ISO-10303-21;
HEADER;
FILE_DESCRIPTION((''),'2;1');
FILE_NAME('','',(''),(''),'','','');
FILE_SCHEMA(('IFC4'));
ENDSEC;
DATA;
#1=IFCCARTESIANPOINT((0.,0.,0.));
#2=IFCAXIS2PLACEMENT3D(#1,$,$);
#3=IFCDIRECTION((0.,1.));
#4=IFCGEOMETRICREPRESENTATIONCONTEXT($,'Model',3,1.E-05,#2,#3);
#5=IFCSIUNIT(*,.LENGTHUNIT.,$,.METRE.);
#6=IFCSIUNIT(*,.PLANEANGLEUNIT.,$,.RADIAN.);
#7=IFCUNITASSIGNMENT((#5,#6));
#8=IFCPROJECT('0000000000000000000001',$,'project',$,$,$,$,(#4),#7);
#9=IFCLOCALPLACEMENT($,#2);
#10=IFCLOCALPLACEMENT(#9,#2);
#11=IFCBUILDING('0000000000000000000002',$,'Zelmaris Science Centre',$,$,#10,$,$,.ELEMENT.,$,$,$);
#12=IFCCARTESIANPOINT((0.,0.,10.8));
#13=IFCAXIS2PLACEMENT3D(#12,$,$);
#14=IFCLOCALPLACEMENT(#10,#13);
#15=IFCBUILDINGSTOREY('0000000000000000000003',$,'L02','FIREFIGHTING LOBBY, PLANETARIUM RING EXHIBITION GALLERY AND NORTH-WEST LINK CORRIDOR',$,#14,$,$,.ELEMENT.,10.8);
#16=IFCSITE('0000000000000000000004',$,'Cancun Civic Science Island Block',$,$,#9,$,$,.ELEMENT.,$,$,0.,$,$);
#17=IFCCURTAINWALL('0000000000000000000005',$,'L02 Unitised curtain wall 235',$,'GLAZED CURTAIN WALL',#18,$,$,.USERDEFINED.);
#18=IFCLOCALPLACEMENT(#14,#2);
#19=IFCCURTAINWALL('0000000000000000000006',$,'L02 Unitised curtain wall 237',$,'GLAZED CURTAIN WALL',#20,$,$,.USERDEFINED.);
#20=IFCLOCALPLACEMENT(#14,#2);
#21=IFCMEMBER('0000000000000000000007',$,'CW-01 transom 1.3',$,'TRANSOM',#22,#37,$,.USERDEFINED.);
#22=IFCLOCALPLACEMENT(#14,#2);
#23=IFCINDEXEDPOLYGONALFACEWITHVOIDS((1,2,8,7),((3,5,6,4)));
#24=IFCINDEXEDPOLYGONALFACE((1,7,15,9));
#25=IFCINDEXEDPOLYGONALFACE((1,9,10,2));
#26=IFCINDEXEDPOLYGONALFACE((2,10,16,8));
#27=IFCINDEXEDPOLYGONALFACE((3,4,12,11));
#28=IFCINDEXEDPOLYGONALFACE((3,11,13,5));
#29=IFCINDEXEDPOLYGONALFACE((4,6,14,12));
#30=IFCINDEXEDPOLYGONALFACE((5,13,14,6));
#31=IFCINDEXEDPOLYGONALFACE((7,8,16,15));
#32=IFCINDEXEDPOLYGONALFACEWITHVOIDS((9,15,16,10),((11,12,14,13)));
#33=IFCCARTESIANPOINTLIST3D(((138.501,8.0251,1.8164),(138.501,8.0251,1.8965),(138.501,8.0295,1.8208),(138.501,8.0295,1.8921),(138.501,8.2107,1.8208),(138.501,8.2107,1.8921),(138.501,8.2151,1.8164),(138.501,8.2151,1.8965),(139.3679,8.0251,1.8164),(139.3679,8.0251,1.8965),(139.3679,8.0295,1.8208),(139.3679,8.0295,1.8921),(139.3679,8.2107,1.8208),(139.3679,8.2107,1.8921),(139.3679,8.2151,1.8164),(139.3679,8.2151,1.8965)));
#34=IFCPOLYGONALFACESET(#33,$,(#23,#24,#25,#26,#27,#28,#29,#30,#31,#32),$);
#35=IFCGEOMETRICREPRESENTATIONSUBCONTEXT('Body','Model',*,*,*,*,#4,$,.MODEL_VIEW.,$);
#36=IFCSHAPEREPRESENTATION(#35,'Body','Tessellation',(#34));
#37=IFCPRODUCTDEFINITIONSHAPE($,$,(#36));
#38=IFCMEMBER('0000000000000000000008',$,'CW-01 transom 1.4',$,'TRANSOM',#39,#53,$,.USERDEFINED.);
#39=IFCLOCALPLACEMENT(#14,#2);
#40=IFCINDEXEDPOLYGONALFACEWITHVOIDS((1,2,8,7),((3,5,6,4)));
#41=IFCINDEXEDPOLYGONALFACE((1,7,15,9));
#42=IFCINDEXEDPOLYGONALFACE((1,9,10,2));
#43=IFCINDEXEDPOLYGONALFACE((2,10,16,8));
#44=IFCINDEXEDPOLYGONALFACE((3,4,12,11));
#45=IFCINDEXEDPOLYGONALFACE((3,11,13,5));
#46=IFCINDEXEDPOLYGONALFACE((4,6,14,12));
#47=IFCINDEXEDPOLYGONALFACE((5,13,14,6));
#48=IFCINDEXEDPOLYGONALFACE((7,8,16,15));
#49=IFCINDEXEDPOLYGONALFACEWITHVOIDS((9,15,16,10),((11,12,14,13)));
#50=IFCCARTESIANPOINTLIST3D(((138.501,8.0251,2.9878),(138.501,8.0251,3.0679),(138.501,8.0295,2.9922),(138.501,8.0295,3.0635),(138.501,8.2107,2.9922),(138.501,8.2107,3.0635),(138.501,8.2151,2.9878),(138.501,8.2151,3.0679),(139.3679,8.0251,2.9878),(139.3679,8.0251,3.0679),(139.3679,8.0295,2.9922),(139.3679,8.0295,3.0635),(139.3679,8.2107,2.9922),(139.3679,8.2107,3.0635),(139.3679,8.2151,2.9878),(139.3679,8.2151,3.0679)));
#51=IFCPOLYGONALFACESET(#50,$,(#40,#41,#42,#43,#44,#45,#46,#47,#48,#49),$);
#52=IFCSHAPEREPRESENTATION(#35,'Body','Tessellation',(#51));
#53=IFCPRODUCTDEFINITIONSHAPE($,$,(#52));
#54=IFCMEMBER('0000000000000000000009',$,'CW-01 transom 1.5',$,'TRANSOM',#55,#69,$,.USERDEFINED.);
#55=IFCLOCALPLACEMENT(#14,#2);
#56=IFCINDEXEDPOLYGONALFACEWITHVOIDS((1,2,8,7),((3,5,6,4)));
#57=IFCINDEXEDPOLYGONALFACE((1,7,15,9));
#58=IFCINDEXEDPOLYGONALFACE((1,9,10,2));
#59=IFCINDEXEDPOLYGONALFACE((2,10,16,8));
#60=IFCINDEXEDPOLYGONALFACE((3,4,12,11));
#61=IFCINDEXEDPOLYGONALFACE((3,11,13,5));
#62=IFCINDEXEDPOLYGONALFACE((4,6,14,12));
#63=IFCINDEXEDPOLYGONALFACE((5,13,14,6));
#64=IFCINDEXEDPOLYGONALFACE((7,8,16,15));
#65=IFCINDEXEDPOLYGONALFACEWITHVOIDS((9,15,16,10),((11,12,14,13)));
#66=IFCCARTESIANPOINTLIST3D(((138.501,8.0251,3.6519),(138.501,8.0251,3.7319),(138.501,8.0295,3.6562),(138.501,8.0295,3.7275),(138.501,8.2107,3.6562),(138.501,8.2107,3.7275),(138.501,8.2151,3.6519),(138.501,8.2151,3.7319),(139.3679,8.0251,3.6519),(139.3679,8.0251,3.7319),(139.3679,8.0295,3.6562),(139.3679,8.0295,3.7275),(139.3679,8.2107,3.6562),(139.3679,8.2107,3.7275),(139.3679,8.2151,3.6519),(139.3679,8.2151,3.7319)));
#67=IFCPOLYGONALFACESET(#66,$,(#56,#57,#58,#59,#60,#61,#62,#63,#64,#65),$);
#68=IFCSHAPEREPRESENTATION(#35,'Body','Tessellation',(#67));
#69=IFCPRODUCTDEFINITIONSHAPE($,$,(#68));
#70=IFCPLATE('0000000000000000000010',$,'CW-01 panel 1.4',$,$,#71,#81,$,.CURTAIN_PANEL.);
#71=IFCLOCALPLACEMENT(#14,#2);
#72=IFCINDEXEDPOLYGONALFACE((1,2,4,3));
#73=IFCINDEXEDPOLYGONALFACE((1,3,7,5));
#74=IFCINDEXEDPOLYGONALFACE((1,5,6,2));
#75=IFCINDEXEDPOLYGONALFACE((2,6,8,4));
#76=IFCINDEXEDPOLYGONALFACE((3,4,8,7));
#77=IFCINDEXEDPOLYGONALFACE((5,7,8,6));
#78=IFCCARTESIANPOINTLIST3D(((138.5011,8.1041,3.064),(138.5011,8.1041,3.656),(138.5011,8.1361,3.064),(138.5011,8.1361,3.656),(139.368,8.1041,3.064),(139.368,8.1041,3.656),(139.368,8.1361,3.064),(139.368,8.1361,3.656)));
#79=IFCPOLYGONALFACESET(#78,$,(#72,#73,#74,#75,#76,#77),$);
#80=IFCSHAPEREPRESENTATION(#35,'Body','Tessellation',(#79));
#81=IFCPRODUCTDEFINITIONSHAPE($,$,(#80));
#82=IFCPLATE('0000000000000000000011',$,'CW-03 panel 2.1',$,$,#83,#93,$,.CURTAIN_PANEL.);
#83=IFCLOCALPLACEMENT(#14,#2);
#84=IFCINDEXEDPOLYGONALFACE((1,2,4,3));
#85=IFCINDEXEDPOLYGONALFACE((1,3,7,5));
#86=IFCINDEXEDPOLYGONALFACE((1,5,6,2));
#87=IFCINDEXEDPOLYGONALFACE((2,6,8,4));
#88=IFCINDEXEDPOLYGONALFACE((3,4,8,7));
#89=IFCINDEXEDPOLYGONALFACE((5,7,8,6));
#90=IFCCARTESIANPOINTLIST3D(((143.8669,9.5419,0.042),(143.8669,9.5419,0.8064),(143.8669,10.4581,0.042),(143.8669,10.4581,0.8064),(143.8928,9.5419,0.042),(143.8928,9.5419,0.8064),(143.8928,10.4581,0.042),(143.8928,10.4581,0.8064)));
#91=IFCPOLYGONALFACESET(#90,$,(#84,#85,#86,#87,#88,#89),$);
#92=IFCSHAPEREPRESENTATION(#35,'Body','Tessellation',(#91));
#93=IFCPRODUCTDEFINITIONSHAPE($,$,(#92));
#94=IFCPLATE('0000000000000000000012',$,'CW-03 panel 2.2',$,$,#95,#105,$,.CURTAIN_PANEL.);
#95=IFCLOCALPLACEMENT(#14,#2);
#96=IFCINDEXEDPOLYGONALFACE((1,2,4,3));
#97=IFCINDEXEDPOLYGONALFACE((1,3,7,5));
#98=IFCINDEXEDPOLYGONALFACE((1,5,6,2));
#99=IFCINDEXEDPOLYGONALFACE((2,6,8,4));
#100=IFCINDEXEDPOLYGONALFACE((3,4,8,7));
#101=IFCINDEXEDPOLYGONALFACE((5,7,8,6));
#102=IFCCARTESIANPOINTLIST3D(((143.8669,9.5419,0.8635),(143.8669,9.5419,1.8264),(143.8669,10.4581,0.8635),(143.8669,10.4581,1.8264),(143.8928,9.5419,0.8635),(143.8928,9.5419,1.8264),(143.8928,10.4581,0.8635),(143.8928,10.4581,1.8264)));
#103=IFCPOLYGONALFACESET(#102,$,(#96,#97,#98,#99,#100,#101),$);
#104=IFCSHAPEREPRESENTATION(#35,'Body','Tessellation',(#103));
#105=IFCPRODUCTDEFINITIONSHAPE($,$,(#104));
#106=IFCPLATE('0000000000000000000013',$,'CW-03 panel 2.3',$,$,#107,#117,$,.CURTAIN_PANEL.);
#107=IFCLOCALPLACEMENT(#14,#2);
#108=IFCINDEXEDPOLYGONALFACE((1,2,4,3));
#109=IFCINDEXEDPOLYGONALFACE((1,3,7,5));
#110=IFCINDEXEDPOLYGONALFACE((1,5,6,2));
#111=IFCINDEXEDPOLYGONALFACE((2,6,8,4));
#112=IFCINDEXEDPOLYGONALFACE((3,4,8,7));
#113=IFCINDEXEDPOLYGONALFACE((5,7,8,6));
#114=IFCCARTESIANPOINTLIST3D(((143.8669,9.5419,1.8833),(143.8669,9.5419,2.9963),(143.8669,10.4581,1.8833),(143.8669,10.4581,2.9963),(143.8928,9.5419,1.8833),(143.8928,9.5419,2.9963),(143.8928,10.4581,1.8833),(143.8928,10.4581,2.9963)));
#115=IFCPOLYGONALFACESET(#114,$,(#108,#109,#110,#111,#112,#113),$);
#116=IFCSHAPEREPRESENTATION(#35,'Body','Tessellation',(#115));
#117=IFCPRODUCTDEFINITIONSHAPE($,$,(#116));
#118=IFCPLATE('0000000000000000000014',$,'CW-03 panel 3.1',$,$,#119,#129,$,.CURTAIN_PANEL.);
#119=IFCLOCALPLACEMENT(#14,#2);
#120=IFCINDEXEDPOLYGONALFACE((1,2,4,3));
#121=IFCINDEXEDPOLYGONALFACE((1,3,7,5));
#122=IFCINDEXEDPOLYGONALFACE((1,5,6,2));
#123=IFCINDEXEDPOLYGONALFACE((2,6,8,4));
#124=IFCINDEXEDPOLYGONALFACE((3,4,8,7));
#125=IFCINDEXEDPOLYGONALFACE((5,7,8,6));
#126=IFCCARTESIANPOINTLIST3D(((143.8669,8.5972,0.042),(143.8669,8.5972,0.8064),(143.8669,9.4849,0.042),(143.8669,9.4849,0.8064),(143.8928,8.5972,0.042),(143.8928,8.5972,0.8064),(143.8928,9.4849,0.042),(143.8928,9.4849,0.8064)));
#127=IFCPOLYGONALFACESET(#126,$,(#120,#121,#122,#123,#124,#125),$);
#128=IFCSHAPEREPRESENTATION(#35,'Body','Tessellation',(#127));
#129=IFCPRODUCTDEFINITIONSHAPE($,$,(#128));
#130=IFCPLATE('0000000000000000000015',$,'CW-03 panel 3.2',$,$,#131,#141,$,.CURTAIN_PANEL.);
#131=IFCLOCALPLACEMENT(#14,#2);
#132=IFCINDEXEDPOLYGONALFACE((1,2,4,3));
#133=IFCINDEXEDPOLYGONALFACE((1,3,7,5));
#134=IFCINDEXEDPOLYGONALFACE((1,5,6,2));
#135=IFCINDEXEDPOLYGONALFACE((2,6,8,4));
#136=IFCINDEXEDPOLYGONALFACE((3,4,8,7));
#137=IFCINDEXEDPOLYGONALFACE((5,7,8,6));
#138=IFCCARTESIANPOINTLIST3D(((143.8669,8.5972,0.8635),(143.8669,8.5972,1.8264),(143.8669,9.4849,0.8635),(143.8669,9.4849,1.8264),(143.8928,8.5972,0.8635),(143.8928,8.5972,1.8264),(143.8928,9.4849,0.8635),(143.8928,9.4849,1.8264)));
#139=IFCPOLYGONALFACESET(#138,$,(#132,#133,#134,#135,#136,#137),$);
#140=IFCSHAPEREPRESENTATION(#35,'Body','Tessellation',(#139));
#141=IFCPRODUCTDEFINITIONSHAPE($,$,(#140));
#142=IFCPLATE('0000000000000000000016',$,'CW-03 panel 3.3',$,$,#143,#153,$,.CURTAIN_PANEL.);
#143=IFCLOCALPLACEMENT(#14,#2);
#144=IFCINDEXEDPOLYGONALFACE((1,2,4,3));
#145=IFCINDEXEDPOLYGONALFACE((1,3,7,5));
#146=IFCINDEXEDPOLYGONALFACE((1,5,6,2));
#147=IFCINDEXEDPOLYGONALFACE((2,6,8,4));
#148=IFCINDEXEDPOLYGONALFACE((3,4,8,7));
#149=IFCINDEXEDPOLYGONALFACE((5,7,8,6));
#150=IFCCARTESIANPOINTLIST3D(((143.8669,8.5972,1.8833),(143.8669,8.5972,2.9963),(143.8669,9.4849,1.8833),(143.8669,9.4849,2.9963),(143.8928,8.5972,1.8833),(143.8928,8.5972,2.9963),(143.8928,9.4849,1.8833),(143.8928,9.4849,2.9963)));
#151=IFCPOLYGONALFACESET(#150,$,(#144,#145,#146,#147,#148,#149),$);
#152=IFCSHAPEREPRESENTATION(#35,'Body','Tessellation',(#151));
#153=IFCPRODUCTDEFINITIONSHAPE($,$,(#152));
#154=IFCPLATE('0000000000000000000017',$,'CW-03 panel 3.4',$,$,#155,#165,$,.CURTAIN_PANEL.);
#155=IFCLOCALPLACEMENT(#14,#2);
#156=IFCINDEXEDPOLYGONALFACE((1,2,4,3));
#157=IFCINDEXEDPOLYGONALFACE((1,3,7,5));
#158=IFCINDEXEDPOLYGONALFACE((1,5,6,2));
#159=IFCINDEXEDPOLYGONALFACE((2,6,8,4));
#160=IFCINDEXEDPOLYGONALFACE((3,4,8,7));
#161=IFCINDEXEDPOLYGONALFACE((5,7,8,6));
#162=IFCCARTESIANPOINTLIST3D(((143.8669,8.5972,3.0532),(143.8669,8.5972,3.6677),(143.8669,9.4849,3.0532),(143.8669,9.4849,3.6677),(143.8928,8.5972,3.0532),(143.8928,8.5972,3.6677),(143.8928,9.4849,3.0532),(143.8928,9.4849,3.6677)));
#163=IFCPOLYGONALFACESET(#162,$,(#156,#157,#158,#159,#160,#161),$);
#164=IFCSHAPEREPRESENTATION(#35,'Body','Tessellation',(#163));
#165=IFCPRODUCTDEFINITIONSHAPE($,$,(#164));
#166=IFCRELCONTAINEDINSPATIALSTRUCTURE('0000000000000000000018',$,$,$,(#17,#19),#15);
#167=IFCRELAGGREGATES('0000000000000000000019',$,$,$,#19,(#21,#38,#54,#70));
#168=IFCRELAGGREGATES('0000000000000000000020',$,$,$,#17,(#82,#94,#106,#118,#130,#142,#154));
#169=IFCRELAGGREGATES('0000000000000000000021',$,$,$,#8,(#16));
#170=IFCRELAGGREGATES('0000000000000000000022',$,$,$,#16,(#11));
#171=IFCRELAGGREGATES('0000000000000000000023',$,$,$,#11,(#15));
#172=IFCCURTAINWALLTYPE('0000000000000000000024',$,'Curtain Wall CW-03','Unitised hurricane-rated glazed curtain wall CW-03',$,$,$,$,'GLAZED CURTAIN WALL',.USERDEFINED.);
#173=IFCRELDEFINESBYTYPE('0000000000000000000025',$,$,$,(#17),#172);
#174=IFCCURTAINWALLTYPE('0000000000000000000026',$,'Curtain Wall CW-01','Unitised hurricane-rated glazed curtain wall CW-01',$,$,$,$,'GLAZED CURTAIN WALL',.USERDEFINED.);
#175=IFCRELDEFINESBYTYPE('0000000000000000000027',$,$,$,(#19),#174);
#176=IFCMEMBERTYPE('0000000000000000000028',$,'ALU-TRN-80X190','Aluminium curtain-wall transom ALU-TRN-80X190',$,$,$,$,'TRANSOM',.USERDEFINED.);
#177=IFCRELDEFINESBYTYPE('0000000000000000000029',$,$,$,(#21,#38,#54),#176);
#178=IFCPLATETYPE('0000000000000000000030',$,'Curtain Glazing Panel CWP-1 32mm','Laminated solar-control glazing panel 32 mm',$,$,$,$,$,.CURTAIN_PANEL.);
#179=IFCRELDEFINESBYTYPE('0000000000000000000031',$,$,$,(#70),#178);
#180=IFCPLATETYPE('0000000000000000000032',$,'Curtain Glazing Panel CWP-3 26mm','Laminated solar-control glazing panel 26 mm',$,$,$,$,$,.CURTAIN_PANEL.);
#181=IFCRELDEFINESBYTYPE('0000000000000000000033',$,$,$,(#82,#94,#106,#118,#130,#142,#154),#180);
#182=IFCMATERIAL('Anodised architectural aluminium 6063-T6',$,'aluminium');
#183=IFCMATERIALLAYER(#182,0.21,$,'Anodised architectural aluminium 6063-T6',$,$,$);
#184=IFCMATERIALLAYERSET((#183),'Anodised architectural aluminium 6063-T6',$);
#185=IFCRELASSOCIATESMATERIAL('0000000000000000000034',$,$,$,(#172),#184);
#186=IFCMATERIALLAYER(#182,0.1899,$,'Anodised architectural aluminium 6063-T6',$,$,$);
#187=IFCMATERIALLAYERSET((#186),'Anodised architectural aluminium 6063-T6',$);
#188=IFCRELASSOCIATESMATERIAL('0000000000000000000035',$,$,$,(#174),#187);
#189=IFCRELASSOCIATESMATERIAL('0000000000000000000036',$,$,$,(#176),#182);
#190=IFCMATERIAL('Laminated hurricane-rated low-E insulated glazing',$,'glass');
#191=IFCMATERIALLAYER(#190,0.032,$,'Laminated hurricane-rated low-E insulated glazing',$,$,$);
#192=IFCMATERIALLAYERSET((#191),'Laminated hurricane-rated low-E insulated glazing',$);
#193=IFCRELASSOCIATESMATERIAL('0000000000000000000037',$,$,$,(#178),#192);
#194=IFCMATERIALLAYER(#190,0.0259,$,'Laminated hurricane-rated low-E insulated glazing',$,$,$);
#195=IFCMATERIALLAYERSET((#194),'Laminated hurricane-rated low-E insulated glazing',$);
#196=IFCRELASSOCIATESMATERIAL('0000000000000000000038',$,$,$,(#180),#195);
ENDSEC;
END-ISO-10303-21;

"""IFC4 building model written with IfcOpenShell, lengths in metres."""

from ifc_helpers import new_model, si_unit, direction, frame, origin, origin_2d, place, context, subcontext, project, spatial, rectangle, hollow_rectangle, extrude, material, layer, layer_set, material_profile, profile_set, type_object, element, aggregate, save


model = new_model("IFC4")

# Units and contexts
model_context = context("Model", 3, precision=1e-05, world=origin(), true_north=direction((0.0, 1.0)))
body_context = subcontext(model_context, "Body", "Model", "MODEL_VIEW")
ifc_project = project(units=[si_unit("LENGTHUNIT", "METRE"), si_unit("PLANEANGLEUNIT", "RADIAN")], contexts=[model_context])

# Site, building, storey
site_placement = place(None, origin())
site = spatial("IfcSite", under=ifc_project, at=site_placement, Name="Cancun Civic Science Island Block", CompositionType="ELEMENT", RefElevation=0.0)
building_placement = place(site_placement, origin())
building = spatial("IfcBuilding", under=site, at=building_placement, Name="Zelmaris Science Centre", CompositionType="ELEMENT")
storey_placement = place(building_placement, frame((0.0, 0.0, 10.8)))
storey = spatial("IfcBuildingStorey", under=building, at=storey_placement, Name="L02", Description="FIREFIGHTING LOBBY, PLANETARIUM RING EXHIBITION GALLERY AND NORTH-WEST LINK CORRIDOR", CompositionType="ELEMENT", Elevation=10.8)

# Curtain wall
ifc_material_1 = material(Name="Anodised architectural aluminium 6063-T6", Category="aluminium")
ifc_layer_1 = layer(ifc_material_1, 0.21, Name="Anodised architectural aluminium 6063-T6")
ifc_layer_set_1 = layer_set([ifc_layer_1], Name="Anodised architectural aluminium 6063-T6")
curtain_wall_type_1 = type_object("IfcCurtainWallType", Name="Curtain Wall CW-03", Description="Unitised hurricane-rated glazed curtain wall CW-03", ElementType="GLAZED CURTAIN WALL", PredefinedType="USERDEFINED", material=ifc_layer_set_1)
curtain_wall_1_placement = place(storey_placement, origin())
curtain_wall_1 = element("IfcCurtainWall", 1, at=curtain_wall_1_placement, inside=storey, type_object=curtain_wall_type_1, Name="L02 Unitised curtain wall 235", ObjectType="GLAZED CURTAIN WALL", PredefinedType="USERDEFINED")

# Curtain wall
ifc_layer_2 = layer(ifc_material_1, 0.1899, Name="Anodised architectural aluminium 6063-T6")
ifc_layer_set_2 = layer_set([ifc_layer_2], Name="Anodised architectural aluminium 6063-T6")
curtain_wall_type_2 = type_object("IfcCurtainWallType", Name="Curtain Wall CW-01", Description="Unitised hurricane-rated glazed curtain wall CW-01", ElementType="GLAZED CURTAIN WALL", PredefinedType="USERDEFINED", material=ifc_layer_set_2)
curtain_wall_2_placement = place(storey_placement, origin())
curtain_wall_2 = element("IfcCurtainWall", 2, at=curtain_wall_2_placement, inside=storey, type_object=curtain_wall_type_2, Name="L02 Unitised curtain wall 237", ObjectType="GLAZED CURTAIN WALL", PredefinedType="USERDEFINED")

# Members
ifc_material_profile_1 = material_profile(ifc_material_1, hollow_rectangle(XDim=0.0801, YDim=0.1899, WallThickness=0.0044, at=origin_2d()), Name="ALU-TRN-80X190")
ifc_profile_set_1 = profile_set([ifc_material_profile_1], Name="Anodised architectural aluminium 6063-T6")
member_type_1 = type_object("IfcMemberType", Name="ALU-TRN-80X190", Description="Aluminium curtain-wall transom ALU-TRN-80X190", ElementType="TRANSOM", PredefinedType="USERDEFINED", material=ifc_profile_set_1)
member_1_placement = place(storey_placement, frame((139.3679, 8.1201, 1.8564), z_axis=(-1.0, 0.0, 0.0), x_axis=(0.0, 0.0, 1.0)))
member_1 = element("IfcMember", 3, at=member_1_placement, type_object=member_type_1, Name="CW-01 transom 1.3", ObjectType="TRANSOM", PredefinedType="USERDEFINED", context=body_context, shape_type="SweptSolid", body=[
    extrude(hollow_rectangle(XDim=0.0801, YDim=0.1899, WallThickness=0.0044, at=origin_2d()), origin(), (0.0, 0.0, 1.0), 0.8669),
])
member_2_placement = place(storey_placement, frame((139.3679, 8.1201, 3.0278), z_axis=(-1.0, 0.0, 0.0), x_axis=(0.0, 0.0, 1.0)))
member_2 = element("IfcMember", 4, at=member_2_placement, type_object=member_type_1, Name="CW-01 transom 1.4", ObjectType="TRANSOM", PredefinedType="USERDEFINED", context=body_context, shape_type="SweptSolid", body=[
    extrude(hollow_rectangle(XDim=0.0801, YDim=0.1899, WallThickness=0.0044, at=origin_2d()), origin(), (0.0, 0.0, 1.0), 0.8669),
])
member_3_placement = place(storey_placement, frame((139.3679, 8.1201, 3.6919), z_axis=(-1.0, 0.0, 0.0), x_axis=(0.0, 0.0, 1.0)))
member_3 = element("IfcMember", 5, at=member_3_placement, type_object=member_type_1, Name="CW-01 transom 1.5", ObjectType="TRANSOM", PredefinedType="USERDEFINED", context=body_context, shape_type="SweptSolid", body=[
    extrude(hollow_rectangle(XDim=0.0801, YDim=0.1899, WallThickness=0.0044, at=origin_2d()), origin(), (0.0, 0.0, 1.0), 0.8669),
])

# Plates
ifc_material_2 = material(Name="Laminated hurricane-rated low-E insulated glazing", Category="glass")
ifc_layer_3 = layer(ifc_material_2, 0.032, Name="Laminated hurricane-rated low-E insulated glazing")
ifc_layer_set_3 = layer_set([ifc_layer_3], Name="Laminated hurricane-rated low-E insulated glazing")
plate_type_1 = type_object("IfcPlateType", Name="Curtain Glazing Panel CWP-1 32mm", Description="Laminated solar-control glazing panel 32 mm", PredefinedType="CURTAIN_PANEL", material=ifc_layer_set_3)
plate_1_placement = place(storey_placement, frame((138.9346, 8.1201, 3.064), z_axis=(0.0, 0.0, 1.0), x_axis=(-1.0, 0.0, 0.0)))
plate_1 = element("IfcPlate", 6, at=plate_1_placement, type_object=plate_type_1, Name="CW-01 panel 1.4", PredefinedType="CURTAIN_PANEL", context=body_context, shape_type="SweptSolid", body=[
    extrude(rectangle(XDim=0.8669, YDim=0.032, at=origin_2d()), origin(), (0.0, 0.0, 1.0), 0.592),
])
aggregate(curtain_wall_2, [member_1, member_2, member_3, plate_1])
ifc_layer_4 = layer(ifc_material_2, 0.0259, Name="Laminated hurricane-rated low-E insulated glazing")
ifc_layer_set_4 = layer_set([ifc_layer_4], Name="Laminated hurricane-rated low-E insulated glazing")
plate_type_2 = type_object("IfcPlateType", Name="Curtain Glazing Panel CWP-3 26mm", Description="Laminated solar-control glazing panel 26 mm", PredefinedType="CURTAIN_PANEL", material=ifc_layer_set_4)
plate_2_placement = place(storey_placement, frame((143.8799, 10.0, 0.042), z_axis=(0.0, 0.0, 1.0), x_axis=(0.0, -1.0, 0.0)))
plate_2 = element("IfcPlate", 7, at=plate_2_placement, type_object=plate_type_2, Name="CW-03 panel 2.1", PredefinedType="CURTAIN_PANEL", context=body_context, shape_type="SweptSolid", body=[
    extrude(rectangle(XDim=0.9163, YDim=0.0259, at=origin_2d()), origin(), (0.0, 0.0, 1.0), 0.7644),
])
plate_3_placement = place(storey_placement, frame((143.8799, 10.0, 0.8635), z_axis=(0.0, 0.0, 1.0), x_axis=(0.0, -1.0, 0.0)))
plate_3 = element("IfcPlate", 8, at=plate_3_placement, type_object=plate_type_2, Name="CW-03 panel 2.2", PredefinedType="CURTAIN_PANEL", context=body_context, shape_type="SweptSolid", body=[
    extrude(rectangle(XDim=0.9163, YDim=0.0259, at=origin_2d()), origin(), (0.0, 0.0, 1.0), 0.9629),
])
plate_4_placement = place(storey_placement, frame((143.8799, 10.0, 1.8833), z_axis=(0.0, 0.0, 1.0), x_axis=(0.0, -1.0, 0.0)))
plate_4 = element("IfcPlate", 9, at=plate_4_placement, type_object=plate_type_2, Name="CW-03 panel 2.3", PredefinedType="CURTAIN_PANEL", context=body_context, shape_type="SweptSolid", body=[
    extrude(rectangle(XDim=0.9163, YDim=0.0259, at=origin_2d()), origin(), (0.0, 0.0, 1.0), 1.113),
])
plate_5_placement = place(storey_placement, frame((143.8799, 9.041, 0.042), z_axis=(0.0, 0.0, 1.0), x_axis=(0.0, -1.0, 0.0)))
plate_5 = element("IfcPlate", 10, at=plate_5_placement, type_object=plate_type_2, Name="CW-03 panel 3.1", PredefinedType="CURTAIN_PANEL", context=body_context, shape_type="SweptSolid", body=[
    extrude(rectangle(XDim=0.8877, YDim=0.0259, at=origin_2d()), origin(), (0.0, 0.0, 1.0), 0.7644),
])
plate_6_placement = place(storey_placement, frame((143.8799, 9.041, 0.8635), z_axis=(0.0, 0.0, 1.0), x_axis=(0.0, -1.0, 0.0)))
plate_6 = element("IfcPlate", 11, at=plate_6_placement, type_object=plate_type_2, Name="CW-03 panel 3.2", PredefinedType="CURTAIN_PANEL", context=body_context, shape_type="SweptSolid", body=[
    extrude(rectangle(XDim=0.8877, YDim=0.0259, at=origin_2d()), origin(), (0.0, 0.0, 1.0), 0.9629),
])
plate_7_placement = place(storey_placement, frame((143.8799, 9.041, 1.8833), z_axis=(0.0, 0.0, 1.0), x_axis=(0.0, -1.0, 0.0)))
plate_7 = element("IfcPlate", 12, at=plate_7_placement, type_object=plate_type_2, Name="CW-03 panel 3.3", PredefinedType="CURTAIN_PANEL", context=body_context, shape_type="SweptSolid", body=[
    extrude(rectangle(XDim=0.8877, YDim=0.0259, at=origin_2d()), origin(), (0.0, 0.0, 1.0), 1.113),
])
plate_8_placement = place(storey_placement, frame((143.8799, 9.041, 3.0532), z_axis=(0.0, 0.0, 1.0), x_axis=(0.0, -1.0, 0.0)))
plate_8 = element("IfcPlate", 13, at=plate_8_placement, type_object=plate_type_2, Name="CW-03 panel 3.4", PredefinedType="CURTAIN_PANEL", context=body_context, shape_type="SweptSolid", body=[
    extrude(rectangle(XDim=0.8877, YDim=0.0259, at=origin_2d()), origin(), (0.0, 0.0, 1.0), 0.6145),
])
aggregate(curtain_wall_1, [plate_2, plate_3, plate_4, plate_5, plate_6, plate_7, plate_8])

save(model, "model.ifc")
